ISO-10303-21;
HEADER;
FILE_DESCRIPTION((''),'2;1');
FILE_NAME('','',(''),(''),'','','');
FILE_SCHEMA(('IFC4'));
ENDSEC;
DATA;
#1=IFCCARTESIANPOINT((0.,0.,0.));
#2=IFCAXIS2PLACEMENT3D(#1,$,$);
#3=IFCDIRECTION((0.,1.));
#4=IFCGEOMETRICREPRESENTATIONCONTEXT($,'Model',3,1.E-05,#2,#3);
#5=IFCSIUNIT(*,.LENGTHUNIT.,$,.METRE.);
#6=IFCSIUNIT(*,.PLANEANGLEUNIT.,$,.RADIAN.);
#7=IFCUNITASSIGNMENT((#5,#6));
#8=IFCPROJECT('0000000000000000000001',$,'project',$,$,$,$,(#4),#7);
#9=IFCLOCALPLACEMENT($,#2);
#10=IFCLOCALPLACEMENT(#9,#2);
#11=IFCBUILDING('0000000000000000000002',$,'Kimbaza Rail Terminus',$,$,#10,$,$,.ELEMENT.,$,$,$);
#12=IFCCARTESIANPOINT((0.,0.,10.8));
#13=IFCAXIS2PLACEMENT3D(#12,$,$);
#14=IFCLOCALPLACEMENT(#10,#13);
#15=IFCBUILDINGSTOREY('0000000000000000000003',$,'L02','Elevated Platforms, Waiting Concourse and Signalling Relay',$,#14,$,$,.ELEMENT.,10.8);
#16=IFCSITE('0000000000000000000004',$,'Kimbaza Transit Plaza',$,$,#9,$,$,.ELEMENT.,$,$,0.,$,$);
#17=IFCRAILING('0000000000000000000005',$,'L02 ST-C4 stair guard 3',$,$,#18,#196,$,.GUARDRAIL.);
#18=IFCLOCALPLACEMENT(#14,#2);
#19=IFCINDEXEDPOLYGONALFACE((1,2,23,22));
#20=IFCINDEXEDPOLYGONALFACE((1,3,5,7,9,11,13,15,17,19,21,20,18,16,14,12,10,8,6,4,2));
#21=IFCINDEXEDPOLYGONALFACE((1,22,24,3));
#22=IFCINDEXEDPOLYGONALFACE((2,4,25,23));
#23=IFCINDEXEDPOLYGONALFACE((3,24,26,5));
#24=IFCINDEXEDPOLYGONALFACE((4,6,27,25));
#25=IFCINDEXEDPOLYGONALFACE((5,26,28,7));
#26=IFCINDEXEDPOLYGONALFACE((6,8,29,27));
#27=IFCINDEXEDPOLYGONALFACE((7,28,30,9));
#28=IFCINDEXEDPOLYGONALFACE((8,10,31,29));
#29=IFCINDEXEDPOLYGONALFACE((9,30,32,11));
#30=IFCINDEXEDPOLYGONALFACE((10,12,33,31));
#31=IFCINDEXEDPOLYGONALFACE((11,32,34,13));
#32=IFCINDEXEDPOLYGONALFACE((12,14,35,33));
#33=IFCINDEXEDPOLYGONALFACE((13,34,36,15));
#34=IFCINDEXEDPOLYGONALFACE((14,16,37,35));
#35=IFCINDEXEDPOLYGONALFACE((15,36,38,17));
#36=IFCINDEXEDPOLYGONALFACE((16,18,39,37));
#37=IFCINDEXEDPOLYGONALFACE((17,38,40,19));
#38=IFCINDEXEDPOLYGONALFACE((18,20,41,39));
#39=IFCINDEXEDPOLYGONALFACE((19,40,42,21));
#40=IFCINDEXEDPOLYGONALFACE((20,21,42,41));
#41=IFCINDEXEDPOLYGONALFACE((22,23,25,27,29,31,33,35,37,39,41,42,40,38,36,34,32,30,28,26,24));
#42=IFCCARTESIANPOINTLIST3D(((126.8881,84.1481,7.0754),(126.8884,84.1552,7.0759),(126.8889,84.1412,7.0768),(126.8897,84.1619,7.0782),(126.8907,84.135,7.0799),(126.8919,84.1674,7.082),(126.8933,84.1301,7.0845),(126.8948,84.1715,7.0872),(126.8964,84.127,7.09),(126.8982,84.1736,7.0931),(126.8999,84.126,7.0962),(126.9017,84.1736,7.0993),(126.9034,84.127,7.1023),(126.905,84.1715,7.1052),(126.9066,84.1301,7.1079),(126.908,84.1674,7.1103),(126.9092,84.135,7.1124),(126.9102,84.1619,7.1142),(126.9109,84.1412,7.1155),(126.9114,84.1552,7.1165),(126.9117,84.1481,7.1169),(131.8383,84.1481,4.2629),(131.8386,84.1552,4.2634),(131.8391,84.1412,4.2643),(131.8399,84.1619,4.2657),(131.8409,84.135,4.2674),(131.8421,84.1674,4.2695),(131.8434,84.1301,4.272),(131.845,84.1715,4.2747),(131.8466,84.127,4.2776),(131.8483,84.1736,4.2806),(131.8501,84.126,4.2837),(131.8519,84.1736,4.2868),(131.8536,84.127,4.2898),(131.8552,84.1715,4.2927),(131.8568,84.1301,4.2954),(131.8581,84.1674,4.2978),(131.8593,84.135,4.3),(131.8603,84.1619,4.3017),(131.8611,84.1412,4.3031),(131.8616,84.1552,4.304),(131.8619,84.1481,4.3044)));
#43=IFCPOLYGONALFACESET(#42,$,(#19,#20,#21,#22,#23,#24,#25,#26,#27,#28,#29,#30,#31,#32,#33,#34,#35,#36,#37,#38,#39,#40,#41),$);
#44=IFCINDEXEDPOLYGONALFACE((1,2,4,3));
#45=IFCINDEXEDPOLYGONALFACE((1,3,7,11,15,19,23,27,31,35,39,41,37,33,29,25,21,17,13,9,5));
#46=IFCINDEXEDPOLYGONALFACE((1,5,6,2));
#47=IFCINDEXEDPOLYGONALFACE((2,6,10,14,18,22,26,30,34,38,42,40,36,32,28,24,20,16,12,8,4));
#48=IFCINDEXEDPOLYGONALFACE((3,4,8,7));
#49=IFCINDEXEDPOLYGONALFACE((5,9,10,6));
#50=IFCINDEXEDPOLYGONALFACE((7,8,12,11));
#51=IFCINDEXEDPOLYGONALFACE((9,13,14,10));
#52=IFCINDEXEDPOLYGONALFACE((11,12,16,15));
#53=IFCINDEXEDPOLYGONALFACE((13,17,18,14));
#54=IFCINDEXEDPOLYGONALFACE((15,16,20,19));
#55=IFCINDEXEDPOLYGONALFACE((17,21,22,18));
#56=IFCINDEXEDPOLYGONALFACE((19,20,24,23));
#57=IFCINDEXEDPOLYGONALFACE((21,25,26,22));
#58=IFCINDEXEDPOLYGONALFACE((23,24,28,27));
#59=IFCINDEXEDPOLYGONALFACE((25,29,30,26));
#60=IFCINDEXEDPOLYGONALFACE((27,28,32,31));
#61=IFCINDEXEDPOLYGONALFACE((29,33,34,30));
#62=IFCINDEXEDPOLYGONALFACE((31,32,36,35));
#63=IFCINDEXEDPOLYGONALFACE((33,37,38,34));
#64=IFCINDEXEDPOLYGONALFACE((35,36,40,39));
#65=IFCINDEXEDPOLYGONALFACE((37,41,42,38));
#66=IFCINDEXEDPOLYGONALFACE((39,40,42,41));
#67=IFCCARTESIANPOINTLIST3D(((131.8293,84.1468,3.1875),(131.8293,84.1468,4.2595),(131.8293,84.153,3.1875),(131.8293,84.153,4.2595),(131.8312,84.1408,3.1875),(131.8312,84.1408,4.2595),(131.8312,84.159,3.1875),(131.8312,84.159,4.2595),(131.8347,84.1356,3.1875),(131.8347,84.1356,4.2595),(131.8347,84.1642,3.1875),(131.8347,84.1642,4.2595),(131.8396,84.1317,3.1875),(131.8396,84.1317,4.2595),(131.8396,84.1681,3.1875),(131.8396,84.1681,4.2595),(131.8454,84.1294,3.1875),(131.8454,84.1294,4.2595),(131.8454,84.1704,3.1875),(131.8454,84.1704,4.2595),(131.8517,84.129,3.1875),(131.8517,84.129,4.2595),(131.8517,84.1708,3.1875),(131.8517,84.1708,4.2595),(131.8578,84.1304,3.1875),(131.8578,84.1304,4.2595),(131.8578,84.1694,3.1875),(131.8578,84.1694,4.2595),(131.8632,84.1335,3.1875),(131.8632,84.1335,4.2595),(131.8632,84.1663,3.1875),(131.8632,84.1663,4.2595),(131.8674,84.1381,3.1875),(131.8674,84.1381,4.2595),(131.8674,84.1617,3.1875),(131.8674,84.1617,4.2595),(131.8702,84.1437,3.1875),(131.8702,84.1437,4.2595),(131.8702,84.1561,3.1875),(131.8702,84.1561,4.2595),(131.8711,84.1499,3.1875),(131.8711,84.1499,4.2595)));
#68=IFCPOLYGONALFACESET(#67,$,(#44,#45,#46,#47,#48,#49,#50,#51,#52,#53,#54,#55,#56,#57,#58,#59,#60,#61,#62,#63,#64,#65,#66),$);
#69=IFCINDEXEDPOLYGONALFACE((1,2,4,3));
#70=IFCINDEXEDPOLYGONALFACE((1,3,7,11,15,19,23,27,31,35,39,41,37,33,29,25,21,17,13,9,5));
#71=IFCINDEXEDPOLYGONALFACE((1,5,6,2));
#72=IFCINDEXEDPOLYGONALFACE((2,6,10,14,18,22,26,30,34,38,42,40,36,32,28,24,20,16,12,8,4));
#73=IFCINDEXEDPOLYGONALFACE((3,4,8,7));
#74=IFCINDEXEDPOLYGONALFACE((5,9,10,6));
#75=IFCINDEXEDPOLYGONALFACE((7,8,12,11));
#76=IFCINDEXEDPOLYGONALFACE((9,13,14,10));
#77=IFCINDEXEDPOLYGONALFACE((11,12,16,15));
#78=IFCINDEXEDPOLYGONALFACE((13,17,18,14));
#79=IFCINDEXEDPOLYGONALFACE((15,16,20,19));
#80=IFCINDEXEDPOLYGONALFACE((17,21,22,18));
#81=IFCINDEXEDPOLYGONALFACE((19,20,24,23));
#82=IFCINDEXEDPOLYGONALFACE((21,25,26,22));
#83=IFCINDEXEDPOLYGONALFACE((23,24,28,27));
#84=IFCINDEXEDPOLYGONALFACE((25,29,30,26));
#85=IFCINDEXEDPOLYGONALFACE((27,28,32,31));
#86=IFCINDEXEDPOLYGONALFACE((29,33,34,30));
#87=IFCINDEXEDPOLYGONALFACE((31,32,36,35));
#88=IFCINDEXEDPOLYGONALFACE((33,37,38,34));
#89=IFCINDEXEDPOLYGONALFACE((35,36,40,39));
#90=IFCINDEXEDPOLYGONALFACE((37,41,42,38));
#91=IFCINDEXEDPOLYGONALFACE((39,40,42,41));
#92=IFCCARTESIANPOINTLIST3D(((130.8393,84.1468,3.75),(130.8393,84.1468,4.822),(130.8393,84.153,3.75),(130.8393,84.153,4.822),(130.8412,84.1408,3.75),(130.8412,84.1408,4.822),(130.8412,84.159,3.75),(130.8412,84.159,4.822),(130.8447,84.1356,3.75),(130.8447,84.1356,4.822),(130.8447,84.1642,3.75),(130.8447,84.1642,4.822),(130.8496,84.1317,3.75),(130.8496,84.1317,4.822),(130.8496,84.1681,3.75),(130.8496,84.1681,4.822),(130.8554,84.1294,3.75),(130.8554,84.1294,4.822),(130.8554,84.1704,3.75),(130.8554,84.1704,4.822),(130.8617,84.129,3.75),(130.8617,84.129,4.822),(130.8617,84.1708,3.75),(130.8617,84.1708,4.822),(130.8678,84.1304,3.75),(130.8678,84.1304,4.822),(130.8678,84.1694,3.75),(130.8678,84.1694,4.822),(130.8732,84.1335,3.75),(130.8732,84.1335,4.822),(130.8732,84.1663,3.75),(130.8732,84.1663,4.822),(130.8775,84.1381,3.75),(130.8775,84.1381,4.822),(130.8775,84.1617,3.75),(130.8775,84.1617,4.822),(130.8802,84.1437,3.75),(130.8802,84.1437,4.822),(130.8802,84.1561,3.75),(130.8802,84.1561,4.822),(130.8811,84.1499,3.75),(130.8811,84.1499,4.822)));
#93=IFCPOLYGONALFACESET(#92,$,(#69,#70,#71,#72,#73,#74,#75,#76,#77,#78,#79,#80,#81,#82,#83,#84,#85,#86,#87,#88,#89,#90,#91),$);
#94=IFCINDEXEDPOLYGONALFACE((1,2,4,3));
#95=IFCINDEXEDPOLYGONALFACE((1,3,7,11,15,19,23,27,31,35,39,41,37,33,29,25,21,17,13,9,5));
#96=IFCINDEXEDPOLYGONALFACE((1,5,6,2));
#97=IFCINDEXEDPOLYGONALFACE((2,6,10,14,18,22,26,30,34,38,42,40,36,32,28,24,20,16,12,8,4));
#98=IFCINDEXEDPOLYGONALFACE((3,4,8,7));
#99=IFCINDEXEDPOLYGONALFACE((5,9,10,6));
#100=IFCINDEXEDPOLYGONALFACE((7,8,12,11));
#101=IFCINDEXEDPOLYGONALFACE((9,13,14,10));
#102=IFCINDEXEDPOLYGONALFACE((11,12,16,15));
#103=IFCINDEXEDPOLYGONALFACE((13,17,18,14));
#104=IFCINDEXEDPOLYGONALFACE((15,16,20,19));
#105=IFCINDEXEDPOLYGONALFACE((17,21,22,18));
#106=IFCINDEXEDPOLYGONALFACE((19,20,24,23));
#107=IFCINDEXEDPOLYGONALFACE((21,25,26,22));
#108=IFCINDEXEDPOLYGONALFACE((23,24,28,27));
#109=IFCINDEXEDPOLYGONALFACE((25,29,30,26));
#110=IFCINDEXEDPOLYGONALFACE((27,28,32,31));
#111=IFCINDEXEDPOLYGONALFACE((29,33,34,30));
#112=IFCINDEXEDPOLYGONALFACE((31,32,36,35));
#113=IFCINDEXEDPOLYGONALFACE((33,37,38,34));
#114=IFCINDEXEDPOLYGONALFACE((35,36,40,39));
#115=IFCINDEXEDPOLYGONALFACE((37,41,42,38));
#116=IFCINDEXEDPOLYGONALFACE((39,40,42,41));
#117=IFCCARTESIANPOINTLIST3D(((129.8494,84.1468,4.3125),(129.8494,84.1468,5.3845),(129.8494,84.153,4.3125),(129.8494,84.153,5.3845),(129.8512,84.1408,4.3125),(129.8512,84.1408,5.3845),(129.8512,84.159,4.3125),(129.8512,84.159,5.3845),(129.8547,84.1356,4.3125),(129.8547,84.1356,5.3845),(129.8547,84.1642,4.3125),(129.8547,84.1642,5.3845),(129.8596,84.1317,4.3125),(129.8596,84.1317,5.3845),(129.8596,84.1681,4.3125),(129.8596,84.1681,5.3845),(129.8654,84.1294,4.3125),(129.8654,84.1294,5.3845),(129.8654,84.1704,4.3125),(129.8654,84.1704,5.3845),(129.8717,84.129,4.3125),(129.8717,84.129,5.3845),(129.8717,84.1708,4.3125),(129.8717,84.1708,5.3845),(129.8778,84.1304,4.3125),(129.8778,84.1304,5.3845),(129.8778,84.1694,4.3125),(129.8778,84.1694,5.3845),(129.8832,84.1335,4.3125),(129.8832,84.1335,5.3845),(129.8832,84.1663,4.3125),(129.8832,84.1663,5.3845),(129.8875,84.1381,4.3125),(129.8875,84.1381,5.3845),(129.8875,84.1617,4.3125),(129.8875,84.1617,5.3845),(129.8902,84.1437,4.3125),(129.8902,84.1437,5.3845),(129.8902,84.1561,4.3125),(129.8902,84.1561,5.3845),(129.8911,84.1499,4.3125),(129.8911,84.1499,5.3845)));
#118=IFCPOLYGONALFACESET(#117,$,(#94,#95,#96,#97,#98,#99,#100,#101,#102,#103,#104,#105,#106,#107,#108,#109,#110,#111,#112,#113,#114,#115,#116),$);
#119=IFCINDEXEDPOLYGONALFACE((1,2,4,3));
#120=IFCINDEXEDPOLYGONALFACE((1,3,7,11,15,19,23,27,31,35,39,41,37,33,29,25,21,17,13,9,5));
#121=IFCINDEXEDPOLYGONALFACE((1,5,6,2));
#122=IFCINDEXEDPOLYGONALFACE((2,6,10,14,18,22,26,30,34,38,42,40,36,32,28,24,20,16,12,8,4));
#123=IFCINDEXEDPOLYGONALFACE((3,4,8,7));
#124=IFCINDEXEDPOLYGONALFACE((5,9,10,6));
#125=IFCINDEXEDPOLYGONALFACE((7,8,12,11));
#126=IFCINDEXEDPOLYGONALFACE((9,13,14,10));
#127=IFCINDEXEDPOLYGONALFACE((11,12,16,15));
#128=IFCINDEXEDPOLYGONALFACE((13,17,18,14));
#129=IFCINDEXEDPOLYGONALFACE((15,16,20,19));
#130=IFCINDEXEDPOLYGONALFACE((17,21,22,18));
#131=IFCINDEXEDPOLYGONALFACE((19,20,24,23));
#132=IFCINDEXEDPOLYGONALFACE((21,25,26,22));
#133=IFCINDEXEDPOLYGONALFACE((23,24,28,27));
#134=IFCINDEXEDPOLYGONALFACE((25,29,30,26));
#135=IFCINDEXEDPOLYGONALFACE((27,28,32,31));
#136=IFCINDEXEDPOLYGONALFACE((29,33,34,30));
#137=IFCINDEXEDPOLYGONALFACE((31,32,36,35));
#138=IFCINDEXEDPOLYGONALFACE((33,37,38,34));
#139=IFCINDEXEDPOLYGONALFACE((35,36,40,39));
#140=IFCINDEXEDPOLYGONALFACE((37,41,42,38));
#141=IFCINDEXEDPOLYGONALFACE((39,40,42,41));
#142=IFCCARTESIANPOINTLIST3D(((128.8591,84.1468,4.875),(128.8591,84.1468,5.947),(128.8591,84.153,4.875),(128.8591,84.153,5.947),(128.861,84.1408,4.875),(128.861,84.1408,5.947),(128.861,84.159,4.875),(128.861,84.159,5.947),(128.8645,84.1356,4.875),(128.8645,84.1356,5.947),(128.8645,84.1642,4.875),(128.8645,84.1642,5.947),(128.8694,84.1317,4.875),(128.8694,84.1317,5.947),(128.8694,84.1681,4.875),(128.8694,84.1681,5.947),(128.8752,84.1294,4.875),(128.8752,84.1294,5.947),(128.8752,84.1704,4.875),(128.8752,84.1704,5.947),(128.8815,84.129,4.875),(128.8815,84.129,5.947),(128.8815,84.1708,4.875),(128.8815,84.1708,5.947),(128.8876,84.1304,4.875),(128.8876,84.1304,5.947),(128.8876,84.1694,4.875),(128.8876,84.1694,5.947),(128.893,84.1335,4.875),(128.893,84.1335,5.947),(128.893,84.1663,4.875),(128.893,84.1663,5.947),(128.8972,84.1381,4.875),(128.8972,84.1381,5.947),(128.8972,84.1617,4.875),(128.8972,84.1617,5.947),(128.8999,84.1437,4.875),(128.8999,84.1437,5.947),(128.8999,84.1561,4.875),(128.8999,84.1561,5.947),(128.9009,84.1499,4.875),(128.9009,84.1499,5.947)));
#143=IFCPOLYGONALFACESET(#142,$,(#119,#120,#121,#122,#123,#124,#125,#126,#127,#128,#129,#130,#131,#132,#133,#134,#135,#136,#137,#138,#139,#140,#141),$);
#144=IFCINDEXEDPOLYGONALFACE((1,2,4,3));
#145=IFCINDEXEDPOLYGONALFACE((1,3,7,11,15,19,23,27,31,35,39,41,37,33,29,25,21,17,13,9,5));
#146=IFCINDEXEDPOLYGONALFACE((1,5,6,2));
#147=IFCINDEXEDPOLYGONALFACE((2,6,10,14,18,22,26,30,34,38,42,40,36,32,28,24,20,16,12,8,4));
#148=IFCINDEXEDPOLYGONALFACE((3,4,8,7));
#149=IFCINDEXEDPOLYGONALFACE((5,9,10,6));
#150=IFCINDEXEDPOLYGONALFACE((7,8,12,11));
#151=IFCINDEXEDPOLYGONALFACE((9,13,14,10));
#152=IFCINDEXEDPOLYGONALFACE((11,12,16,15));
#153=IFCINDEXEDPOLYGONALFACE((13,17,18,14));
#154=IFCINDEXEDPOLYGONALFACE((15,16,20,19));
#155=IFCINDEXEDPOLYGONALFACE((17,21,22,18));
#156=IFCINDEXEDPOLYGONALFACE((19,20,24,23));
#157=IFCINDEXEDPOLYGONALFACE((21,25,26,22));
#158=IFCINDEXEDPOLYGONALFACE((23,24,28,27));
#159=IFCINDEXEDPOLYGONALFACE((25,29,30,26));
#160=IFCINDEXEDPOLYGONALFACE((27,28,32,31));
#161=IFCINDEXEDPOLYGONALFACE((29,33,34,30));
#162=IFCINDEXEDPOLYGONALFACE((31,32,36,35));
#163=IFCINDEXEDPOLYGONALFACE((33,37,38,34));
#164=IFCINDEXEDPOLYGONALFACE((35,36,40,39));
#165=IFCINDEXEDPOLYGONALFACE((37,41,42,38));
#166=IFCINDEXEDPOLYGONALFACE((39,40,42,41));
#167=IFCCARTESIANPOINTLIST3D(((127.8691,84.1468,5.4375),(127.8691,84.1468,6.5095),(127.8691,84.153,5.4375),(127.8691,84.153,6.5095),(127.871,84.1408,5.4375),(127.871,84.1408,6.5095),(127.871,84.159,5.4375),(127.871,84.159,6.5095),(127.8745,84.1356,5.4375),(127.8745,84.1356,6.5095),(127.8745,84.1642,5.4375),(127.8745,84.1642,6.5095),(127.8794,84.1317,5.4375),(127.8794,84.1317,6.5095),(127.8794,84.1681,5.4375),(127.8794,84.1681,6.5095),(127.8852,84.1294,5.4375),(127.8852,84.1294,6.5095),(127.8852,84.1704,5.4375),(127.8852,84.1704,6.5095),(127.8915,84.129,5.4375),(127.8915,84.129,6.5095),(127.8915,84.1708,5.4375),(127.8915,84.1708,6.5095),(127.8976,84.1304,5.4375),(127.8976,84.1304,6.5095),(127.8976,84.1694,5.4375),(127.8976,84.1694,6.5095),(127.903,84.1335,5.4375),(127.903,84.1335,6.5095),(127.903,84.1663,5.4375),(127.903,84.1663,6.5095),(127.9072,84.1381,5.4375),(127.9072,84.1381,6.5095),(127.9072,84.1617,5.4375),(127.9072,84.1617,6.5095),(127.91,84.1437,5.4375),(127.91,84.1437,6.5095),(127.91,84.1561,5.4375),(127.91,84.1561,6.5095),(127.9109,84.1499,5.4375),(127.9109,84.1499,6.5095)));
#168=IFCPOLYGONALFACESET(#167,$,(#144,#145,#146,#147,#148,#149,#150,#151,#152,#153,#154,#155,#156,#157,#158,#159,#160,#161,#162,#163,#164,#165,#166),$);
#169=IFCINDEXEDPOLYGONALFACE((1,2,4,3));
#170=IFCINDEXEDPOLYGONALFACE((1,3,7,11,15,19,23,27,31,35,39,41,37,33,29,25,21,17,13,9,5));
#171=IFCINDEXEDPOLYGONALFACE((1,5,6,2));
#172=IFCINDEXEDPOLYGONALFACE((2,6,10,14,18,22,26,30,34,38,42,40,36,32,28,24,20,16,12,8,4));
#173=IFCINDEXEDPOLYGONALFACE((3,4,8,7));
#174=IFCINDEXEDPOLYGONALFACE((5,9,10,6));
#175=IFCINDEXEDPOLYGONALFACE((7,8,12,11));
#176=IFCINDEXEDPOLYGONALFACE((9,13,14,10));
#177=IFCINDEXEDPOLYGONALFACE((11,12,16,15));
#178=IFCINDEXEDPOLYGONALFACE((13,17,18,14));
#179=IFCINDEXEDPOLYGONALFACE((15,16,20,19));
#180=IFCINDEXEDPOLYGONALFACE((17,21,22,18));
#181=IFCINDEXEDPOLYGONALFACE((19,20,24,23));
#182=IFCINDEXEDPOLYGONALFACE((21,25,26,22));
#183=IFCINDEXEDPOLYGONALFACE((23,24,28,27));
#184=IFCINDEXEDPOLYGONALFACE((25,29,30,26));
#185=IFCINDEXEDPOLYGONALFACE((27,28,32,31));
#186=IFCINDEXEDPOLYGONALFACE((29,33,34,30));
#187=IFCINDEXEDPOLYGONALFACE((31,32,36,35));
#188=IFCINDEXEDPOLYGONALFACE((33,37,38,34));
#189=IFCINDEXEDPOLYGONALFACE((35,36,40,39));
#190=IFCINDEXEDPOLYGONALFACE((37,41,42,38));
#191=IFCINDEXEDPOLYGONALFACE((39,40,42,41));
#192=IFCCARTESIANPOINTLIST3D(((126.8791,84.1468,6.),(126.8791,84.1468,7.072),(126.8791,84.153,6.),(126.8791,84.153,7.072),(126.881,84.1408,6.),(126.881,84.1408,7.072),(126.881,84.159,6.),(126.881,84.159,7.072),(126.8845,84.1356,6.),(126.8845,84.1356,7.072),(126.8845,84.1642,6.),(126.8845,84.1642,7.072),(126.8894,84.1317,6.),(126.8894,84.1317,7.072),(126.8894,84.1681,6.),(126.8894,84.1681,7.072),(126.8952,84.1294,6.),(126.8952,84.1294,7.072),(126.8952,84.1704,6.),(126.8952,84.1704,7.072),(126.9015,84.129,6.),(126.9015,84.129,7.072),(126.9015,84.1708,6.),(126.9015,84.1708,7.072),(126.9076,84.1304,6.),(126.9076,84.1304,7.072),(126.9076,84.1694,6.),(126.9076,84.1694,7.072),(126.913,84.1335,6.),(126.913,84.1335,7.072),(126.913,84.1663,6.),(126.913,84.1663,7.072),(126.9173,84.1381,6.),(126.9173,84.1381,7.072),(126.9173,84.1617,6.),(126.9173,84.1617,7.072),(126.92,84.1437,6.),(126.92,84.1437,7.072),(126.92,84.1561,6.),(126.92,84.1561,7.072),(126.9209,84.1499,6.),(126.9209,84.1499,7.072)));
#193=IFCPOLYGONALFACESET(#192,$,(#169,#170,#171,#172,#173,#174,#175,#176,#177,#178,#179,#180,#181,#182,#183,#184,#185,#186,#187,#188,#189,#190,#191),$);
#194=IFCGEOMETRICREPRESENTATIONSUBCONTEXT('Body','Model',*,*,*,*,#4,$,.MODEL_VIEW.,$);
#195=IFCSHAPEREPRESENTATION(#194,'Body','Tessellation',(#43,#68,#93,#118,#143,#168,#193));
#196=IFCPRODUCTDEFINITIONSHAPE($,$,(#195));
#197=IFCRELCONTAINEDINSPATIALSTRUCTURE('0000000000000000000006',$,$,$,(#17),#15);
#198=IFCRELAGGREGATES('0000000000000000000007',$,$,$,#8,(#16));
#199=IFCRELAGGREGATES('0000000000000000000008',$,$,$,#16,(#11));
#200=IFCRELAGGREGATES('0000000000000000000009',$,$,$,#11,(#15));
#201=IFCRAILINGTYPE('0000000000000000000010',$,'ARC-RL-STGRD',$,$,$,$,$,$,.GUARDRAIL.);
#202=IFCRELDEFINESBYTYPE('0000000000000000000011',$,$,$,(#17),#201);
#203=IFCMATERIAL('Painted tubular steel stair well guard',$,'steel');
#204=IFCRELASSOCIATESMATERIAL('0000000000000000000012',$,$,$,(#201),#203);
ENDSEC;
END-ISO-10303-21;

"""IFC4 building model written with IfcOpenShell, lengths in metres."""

from ifc_helpers import new_model, si_unit, direction, frame, origin, origin_2d, place, context, subcontext, project, spatial, circle, extrude, material, type_object, element, save


model = new_model("IFC4")

# Units and contexts
model_context = context("Model", 3, precision=1e-05, world=origin(), true_north=direction((0.0, 1.0)))
body_context = subcontext(model_context, "Body", "Model", "MODEL_VIEW")
ifc_project = project(units=[si_unit("LENGTHUNIT", "METRE"), si_unit("PLANEANGLEUNIT", "RADIAN")], contexts=[model_context])

# Site, building, storey
site_placement = place(None, origin())
site = spatial("IfcSite", under=ifc_project, at=site_placement, Name="Kimbaza Transit Plaza", CompositionType="ELEMENT", RefElevation=0.0)
building_placement = place(site_placement, origin())
building = spatial("IfcBuilding", under=site, at=building_placement, Name="Kimbaza Rail Terminus", CompositionType="ELEMENT")
storey_placement = place(building_placement, frame((0.0, 0.0, 10.8)))
storey = spatial("IfcBuildingStorey", under=building, at=storey_placement, Name="L02", Description="Elevated Platforms, Waiting Concourse and Signalling Relay", CompositionType="ELEMENT", Elevation=10.8)

# Railing
ifc_material_1 = material(Name="Painted tubular steel stair well guard", Category="steel")
railing_type_1 = type_object("IfcRailingType", Name="ARC-RL-STGRD", PredefinedType="GUARDRAIL", material=ifc_material_1)
railing_1_placement = place(storey_placement, frame((131.8501, 84.1499, 3.1875)))
element("IfcRailing", 1, at=railing_1_placement, inside=storey, type_object=railing_type_1, Name="L02 ST-C4 stair guard 3", PredefinedType="GUARDRAIL", context=body_context, shape_type="SweptSolid", body=[
    extrude(circle(Radius=0.0239, at=origin_2d()), frame((0.0, 0.0, 1.0962), z_axis=(-0.869465, 0.0, 0.493995), x_axis=(0.0, -1.0, 0.0)), (0.0, 0.0, 1.0), 5.6934),
    extrude(circle(Radius=0.021, at=origin_2d()), origin(), (0.0, 0.0, 1.0), 1.072),
    extrude(circle(Radius=0.021, at=origin_2d()), frame((-0.99, 0.0, 0.5625)), (0.0, 0.0, 1.0), 1.072),
    extrude(circle(Radius=0.021, at=origin_2d()), frame((-1.98, 0.0, 1.125)), (0.0, 0.0, 1.0), 1.072),
    extrude(circle(Radius=0.021, at=origin_2d()), frame((-2.9702, 0.0, 1.6875)), (0.0, 0.0, 1.0), 1.072),
    extrude(circle(Radius=0.021, at=origin_2d()), frame((-3.9602, 0.0, 2.25)), (0.0, 0.0, 1.0), 1.072),
    extrude(circle(Radius=0.021, at=origin_2d()), frame((-4.9502, 0.0, 2.8125)), (0.0, 0.0, 1.0), 1.072),
])

save(model, "model.ifc")
